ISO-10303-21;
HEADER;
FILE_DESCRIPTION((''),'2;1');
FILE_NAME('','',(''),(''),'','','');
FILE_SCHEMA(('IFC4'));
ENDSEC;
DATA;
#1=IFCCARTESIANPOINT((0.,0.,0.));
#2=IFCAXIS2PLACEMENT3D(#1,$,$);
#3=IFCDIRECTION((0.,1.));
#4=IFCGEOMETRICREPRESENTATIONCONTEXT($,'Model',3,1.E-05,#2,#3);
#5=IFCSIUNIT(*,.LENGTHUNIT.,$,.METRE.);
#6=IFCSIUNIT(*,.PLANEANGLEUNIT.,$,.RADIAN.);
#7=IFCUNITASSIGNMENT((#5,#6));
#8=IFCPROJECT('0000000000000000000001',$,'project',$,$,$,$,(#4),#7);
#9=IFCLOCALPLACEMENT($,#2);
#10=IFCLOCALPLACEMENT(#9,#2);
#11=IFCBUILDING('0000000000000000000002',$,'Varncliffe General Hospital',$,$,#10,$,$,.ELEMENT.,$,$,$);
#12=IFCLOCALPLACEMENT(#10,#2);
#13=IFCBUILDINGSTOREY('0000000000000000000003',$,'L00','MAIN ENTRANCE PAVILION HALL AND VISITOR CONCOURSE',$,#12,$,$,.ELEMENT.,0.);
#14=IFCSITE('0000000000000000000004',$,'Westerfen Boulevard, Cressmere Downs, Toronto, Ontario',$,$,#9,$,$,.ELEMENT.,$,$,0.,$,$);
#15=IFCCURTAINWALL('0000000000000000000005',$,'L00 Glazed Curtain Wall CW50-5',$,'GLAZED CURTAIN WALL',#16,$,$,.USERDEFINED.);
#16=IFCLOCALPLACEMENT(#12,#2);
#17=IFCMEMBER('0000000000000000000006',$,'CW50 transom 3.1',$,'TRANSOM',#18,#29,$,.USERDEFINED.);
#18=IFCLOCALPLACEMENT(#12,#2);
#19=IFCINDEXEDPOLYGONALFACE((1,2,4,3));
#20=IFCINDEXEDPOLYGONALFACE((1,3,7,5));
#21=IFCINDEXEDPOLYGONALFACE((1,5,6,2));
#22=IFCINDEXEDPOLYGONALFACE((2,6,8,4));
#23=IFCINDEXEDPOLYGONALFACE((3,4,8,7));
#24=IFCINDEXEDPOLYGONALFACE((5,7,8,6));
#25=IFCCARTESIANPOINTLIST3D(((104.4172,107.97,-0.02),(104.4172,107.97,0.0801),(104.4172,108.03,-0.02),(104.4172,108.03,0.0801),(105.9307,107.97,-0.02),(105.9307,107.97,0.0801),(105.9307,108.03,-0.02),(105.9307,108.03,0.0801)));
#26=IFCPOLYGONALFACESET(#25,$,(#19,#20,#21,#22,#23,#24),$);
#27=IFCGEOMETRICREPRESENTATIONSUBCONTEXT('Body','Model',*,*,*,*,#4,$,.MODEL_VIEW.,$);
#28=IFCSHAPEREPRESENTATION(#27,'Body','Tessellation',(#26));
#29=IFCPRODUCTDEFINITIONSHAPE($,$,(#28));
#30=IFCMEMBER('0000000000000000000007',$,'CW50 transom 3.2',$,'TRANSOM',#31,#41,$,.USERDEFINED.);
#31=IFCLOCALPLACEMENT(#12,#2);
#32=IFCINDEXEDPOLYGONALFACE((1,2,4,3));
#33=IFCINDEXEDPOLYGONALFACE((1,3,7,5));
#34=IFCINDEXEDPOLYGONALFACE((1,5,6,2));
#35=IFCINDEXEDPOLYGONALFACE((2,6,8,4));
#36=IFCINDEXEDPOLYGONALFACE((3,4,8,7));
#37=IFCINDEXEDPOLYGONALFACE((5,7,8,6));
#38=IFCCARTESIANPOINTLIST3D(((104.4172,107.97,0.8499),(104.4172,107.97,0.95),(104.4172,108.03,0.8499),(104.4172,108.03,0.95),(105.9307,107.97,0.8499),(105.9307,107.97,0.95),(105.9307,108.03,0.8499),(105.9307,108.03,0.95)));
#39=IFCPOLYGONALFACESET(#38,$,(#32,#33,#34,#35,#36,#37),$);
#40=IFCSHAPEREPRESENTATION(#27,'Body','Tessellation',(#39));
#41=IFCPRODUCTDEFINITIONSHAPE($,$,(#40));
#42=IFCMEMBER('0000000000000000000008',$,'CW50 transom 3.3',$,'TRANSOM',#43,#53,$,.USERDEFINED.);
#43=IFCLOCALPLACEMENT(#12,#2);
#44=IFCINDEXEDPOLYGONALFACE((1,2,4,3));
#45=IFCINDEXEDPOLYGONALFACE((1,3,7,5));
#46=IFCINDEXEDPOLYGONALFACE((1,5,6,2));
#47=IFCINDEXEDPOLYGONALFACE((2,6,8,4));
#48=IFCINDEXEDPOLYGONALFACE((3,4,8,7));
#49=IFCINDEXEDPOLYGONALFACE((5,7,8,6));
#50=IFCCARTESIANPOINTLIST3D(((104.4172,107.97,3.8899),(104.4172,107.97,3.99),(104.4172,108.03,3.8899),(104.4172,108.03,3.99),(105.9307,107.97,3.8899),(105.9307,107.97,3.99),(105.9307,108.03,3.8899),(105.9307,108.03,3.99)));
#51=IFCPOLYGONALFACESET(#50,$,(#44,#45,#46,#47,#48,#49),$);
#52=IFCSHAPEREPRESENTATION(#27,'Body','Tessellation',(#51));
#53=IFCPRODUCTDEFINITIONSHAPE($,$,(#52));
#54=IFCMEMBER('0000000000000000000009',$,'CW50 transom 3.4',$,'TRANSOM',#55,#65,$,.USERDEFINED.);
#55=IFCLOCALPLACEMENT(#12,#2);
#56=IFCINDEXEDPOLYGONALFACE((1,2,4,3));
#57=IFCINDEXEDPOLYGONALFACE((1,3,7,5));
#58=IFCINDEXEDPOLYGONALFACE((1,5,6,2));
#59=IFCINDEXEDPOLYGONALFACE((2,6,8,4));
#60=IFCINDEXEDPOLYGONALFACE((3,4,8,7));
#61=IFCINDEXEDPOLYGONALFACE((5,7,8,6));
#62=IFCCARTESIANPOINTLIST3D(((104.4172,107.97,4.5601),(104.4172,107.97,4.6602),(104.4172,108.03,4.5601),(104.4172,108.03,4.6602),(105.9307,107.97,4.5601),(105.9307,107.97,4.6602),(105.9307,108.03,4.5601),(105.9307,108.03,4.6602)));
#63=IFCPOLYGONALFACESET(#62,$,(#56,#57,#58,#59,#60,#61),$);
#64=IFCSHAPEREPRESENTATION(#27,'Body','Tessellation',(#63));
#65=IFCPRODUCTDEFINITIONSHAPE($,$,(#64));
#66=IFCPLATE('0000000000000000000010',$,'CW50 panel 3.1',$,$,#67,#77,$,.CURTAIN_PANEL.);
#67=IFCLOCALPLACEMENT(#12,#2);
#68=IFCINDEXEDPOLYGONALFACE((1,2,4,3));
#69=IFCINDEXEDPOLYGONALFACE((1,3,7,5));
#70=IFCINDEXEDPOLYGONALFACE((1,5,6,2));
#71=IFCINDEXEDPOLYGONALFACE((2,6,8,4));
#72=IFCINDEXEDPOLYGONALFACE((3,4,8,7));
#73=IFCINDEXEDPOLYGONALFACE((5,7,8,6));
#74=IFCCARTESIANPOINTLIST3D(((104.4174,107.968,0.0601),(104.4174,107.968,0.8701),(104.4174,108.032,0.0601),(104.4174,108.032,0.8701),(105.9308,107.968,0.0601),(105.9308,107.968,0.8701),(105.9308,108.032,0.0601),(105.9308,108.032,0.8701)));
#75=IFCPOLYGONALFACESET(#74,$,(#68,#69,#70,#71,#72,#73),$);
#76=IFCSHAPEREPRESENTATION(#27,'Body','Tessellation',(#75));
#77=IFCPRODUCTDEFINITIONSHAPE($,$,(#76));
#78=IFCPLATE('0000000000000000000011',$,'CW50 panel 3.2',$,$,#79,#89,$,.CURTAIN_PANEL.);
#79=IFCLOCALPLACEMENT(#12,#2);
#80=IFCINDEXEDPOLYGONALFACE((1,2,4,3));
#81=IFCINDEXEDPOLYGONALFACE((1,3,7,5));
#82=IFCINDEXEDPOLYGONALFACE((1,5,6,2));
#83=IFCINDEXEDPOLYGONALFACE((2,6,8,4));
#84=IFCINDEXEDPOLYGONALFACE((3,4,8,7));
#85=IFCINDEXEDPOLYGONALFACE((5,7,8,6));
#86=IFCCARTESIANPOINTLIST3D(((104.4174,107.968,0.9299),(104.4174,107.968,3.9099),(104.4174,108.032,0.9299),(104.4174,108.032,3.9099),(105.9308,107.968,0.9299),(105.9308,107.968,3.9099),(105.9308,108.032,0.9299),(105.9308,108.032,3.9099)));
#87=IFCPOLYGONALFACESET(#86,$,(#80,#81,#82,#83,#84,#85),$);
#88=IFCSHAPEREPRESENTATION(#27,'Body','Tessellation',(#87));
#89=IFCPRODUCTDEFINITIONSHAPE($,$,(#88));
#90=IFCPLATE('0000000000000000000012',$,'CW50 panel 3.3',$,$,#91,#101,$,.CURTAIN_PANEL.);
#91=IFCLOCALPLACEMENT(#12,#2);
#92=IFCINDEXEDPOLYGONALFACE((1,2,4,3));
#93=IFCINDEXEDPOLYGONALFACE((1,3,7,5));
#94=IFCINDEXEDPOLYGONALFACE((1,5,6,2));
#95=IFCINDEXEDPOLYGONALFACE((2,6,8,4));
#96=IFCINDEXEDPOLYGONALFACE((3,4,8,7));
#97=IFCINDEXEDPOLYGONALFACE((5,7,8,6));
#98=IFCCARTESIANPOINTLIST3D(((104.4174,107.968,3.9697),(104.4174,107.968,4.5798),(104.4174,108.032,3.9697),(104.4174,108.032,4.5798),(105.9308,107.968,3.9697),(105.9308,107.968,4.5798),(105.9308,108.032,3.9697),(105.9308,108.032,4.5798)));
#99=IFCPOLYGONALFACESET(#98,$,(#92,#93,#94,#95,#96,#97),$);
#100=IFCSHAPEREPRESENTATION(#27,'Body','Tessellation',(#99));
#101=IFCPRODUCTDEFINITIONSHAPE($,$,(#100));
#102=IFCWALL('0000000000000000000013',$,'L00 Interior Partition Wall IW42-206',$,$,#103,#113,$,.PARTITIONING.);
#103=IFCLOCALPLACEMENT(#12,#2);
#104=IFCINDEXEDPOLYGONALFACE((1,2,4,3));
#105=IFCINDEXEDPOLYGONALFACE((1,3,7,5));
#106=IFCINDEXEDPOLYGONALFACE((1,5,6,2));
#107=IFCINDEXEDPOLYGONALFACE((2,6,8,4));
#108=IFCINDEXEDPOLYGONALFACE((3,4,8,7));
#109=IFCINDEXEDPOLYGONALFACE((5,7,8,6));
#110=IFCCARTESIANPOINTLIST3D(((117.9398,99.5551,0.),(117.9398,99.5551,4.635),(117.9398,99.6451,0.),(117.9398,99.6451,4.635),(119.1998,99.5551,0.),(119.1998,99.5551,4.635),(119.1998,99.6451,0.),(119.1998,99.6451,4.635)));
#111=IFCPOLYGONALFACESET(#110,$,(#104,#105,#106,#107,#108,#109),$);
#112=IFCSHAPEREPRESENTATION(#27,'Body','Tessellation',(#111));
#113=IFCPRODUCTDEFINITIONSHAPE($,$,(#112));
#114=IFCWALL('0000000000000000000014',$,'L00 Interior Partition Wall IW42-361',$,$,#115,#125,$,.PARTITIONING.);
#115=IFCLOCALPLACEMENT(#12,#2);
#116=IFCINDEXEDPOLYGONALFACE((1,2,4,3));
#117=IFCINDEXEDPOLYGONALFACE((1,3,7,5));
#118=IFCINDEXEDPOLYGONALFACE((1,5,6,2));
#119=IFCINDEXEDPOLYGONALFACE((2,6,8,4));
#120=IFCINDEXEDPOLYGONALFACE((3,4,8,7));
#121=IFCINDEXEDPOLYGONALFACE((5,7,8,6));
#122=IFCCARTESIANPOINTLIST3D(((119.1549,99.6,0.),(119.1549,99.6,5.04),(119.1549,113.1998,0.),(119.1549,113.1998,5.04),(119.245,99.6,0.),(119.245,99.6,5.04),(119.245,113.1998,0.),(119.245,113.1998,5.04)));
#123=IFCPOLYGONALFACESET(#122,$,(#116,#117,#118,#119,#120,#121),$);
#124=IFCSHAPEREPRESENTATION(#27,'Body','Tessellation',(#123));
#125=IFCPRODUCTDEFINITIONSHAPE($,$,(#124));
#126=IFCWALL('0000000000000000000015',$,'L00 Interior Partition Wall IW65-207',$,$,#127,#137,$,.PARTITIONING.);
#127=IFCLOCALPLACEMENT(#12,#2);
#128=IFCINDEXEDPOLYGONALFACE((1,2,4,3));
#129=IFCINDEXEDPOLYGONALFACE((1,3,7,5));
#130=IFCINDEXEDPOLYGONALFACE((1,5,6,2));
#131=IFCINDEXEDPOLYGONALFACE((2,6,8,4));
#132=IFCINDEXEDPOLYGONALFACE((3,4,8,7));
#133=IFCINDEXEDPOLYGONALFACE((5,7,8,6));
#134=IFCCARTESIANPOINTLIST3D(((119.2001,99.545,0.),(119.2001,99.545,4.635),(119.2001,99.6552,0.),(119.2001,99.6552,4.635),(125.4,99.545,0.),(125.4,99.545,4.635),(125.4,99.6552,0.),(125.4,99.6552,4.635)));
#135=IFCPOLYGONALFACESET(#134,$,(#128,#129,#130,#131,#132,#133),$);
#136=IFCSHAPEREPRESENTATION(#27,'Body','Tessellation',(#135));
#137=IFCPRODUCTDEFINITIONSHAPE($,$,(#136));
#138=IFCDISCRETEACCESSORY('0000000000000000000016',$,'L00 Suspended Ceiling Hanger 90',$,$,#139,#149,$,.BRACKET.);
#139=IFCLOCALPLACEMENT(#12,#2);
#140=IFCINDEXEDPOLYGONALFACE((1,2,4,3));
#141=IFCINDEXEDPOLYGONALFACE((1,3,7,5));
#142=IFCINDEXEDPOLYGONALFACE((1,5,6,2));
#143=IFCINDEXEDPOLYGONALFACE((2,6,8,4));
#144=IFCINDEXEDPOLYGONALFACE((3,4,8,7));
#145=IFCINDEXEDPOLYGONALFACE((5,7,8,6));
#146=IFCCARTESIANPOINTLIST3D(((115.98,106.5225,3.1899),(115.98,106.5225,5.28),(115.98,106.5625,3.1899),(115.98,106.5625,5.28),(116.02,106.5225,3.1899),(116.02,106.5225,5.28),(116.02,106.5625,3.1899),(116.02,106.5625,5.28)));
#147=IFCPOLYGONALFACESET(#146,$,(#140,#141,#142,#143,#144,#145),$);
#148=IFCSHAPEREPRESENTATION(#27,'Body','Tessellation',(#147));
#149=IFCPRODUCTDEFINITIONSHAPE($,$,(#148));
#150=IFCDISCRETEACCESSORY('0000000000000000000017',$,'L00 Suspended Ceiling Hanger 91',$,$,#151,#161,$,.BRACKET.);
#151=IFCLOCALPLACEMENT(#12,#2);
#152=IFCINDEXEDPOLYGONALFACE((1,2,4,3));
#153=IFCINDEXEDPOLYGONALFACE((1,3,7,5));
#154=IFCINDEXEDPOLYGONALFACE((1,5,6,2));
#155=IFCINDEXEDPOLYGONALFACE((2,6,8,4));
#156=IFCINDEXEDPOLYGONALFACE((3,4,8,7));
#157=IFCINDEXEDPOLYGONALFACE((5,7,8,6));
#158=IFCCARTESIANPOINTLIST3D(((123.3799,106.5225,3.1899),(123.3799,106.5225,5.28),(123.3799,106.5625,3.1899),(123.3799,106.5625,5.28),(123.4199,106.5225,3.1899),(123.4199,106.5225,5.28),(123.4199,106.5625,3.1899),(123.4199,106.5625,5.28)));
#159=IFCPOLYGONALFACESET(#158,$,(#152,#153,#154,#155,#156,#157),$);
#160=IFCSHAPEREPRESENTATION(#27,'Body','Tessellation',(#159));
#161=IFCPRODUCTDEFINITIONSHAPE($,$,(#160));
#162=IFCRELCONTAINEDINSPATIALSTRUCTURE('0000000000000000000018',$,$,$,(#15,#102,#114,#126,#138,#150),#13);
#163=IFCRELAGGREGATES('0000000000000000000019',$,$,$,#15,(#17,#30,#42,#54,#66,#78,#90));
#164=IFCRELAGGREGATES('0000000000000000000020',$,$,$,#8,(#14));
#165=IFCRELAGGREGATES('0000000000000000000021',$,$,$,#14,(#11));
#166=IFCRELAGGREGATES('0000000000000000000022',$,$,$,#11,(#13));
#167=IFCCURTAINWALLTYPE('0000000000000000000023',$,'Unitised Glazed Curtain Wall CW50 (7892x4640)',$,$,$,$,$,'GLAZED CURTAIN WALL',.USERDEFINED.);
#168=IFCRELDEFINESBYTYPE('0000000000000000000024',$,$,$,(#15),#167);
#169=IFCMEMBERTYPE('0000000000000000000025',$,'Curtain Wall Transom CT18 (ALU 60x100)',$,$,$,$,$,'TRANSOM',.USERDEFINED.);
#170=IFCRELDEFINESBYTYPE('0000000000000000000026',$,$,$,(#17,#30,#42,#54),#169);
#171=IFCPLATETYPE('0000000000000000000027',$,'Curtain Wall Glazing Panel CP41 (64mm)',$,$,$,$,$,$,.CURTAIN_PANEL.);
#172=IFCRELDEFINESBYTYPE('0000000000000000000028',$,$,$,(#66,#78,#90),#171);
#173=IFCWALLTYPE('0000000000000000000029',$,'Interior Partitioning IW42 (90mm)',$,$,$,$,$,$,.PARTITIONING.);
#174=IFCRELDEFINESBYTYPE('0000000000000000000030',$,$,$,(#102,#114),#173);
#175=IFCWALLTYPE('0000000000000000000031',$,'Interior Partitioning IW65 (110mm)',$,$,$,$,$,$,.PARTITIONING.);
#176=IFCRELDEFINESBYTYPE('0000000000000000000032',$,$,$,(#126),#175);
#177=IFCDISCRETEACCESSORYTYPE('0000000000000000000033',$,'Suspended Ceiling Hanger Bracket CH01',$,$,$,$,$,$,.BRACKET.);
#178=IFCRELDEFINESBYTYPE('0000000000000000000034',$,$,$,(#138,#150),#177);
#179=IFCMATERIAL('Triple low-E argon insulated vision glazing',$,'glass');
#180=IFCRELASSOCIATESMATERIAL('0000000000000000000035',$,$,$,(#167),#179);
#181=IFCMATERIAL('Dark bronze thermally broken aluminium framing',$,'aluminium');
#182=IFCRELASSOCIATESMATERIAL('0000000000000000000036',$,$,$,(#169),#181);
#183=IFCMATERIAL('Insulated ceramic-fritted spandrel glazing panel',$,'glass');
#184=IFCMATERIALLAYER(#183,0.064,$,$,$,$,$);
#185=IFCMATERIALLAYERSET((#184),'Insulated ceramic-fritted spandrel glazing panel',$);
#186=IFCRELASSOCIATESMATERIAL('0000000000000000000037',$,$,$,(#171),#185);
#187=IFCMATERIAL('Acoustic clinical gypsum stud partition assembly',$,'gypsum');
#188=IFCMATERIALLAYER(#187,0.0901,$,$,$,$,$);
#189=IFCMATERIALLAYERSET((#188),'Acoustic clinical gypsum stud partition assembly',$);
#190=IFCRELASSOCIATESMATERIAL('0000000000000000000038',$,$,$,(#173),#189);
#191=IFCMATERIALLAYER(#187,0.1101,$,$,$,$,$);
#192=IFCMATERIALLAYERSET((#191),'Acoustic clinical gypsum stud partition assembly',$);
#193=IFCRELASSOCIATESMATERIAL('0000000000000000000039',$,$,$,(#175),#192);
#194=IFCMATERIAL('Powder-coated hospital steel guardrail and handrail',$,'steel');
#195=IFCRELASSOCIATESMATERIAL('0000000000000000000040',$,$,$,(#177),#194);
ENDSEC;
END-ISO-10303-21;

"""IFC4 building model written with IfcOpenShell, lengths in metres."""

from ifc_helpers import new_model, si_unit, direction, frame, frame_2d, origin, origin_2d, place, context, subcontext, project, spatial, rectangle, extrude, material, layer, layer_set, material_profile, profile_set, type_object, element, aggregate, save


model = new_model("IFC4")

# Units and contexts
model_context = context("Model", 3, precision=1e-05, world=origin(), true_north=direction((0.0, 1.0)))
body_context = subcontext(model_context, "Body", "Model", "MODEL_VIEW")
ifc_project = project(units=[si_unit("LENGTHUNIT", "METRE"), si_unit("PLANEANGLEUNIT", "RADIAN")], contexts=[model_context])

# Site, building, storey
site_placement = place(None, origin())
site = spatial("IfcSite", under=ifc_project, at=site_placement, Name="Westerfen Boulevard, Cressmere Downs, Toronto, Ontario", CompositionType="ELEMENT", RefElevation=0.0)
building_placement = place(site_placement, origin())
building = spatial("IfcBuilding", under=site, at=building_placement, Name="Varncliffe General Hospital", CompositionType="ELEMENT")
storey_placement = place(building_placement, origin())
storey = spatial("IfcBuildingStorey", under=building, at=storey_placement, Name="L00", Description="MAIN ENTRANCE PAVILION HALL AND VISITOR CONCOURSE", CompositionType="ELEMENT", Elevation=0.0)

# Curtain wall, members, plates
ifc_material_1 = material(Name="Triple low-E argon insulated vision glazing", Category="glass")
curtain_wall_type = type_object("IfcCurtainWallType", Name="Unitised Glazed Curtain Wall CW50 (7892x4640)", ElementType="GLAZED CURTAIN WALL", PredefinedType="USERDEFINED", material=ifc_material_1)
curtain_wall_placement = place(storey_placement, origin())
curtain_wall = element("IfcCurtainWall", 1, at=curtain_wall_placement, inside=storey, type_object=curtain_wall_type, Name="L00 Glazed Curtain Wall CW50-5", ObjectType="GLAZED CURTAIN WALL", PredefinedType="USERDEFINED")
ifc_material_2 = material(Name="Dark bronze thermally broken aluminium framing", Category="aluminium")
ifc_material_profile_1 = material_profile(ifc_material_2, rectangle(XDim=0.0601, YDim=0.1001, at=origin_2d()), Name="ALU 60x100")
ifc_profile_set_1 = profile_set([ifc_material_profile_1], Name="Dark bronze thermally broken aluminium framing")
member_type_1 = type_object("IfcMemberType", Name="Curtain Wall Transom CT18 (ALU 60x100)", ElementType="TRANSOM", PredefinedType="USERDEFINED", material=ifc_profile_set_1)
member_1_placement = place(storey_placement, frame((104.4172, 108.0, 0.03), z_axis=(1.0, 0.0, 0.0), x_axis=(0.0, 1.0, 0.0)))
member_1 = element("IfcMember", 2, at=member_1_placement, type_object=member_type_1, Name="CW50 transom 3.1", ObjectType="TRANSOM", PredefinedType="USERDEFINED", context=body_context, shape_type="SweptSolid", body=[
    extrude(rectangle(XDim=0.0601, YDim=0.1001, at=origin_2d()), origin(), (0.0, 0.0, 1.0), 1.5134),
])
member_2_placement = place(storey_placement, frame((104.4172, 108.0, 0.8999), z_axis=(1.0, 0.0, 0.0), x_axis=(0.0, 1.0, 0.0)))
member_2 = element("IfcMember", 3, at=member_2_placement, type_object=member_type_1, Name="CW50 transom 3.2", ObjectType="TRANSOM", PredefinedType="USERDEFINED", context=body_context, shape_type="SweptSolid", body=[
    extrude(rectangle(XDim=0.0601, YDim=0.1001, at=origin_2d()), origin(), (0.0, 0.0, 1.0), 1.5134),
])
member_3_placement = place(storey_placement, frame((104.4172, 108.0, 3.9399), z_axis=(1.0, 0.0, 0.0), x_axis=(0.0, 1.0, 0.0)))
member_3 = element("IfcMember", 4, at=member_3_placement, type_object=member_type_1, Name="CW50 transom 3.3", ObjectType="TRANSOM", PredefinedType="USERDEFINED", context=body_context, shape_type="SweptSolid", body=[
    extrude(rectangle(XDim=0.0601, YDim=0.1001, at=origin_2d()), origin(), (0.0, 0.0, 1.0), 1.5134),
])
member_4_placement = place(storey_placement, frame((104.4172, 108.0, 4.6101), z_axis=(1.0, 0.0, 0.0), x_axis=(0.0, 1.0, 0.0)))
member_4 = element("IfcMember", 5, at=member_4_placement, type_object=member_type_1, Name="CW50 transom 3.4", ObjectType="TRANSOM", PredefinedType="USERDEFINED", context=body_context, shape_type="SweptSolid", body=[
    extrude(rectangle(XDim=0.0601, YDim=0.1001, at=origin_2d()), origin(), (0.0, 0.0, 1.0), 1.5134),
])
ifc_material_3 = material(Name="Insulated ceramic-fritted spandrel glazing panel", Category="glass")
ifc_layer_1 = layer(ifc_material_3, 0.064)
ifc_layer_set_1 = layer_set([ifc_layer_1], Name="Insulated ceramic-fritted spandrel glazing panel")
plate_type = type_object("IfcPlateType", Name="Curtain Wall Glazing Panel CP41 (64mm)", PredefinedType="CURTAIN_PANEL", material=ifc_layer_set_1)
plate_1_placement = place(storey_placement, frame((105.1741, 108.0, 0.0601), z_axis=(0.0, 0.0, 1.0), x_axis=(1.0, 0.0, 0.0)))
plate_1 = element("IfcPlate", 6, at=plate_1_placement, type_object=plate_type, Name="CW50 panel 3.1", PredefinedType="CURTAIN_PANEL", context=body_context, shape_type="SweptSolid", body=[
    extrude(rectangle(XDim=1.5134, YDim=0.064, at=origin_2d()), origin(), (0.0, 0.0, 1.0), 0.8101),
])
plate_2_placement = place(storey_placement, frame((105.1741, 108.0, 0.9299), z_axis=(0.0, 0.0, 1.0), x_axis=(1.0, 0.0, 0.0)))
plate_2 = element("IfcPlate", 7, at=plate_2_placement, type_object=plate_type, Name="CW50 panel 3.2", PredefinedType="CURTAIN_PANEL", context=body_context, shape_type="SweptSolid", body=[
    extrude(rectangle(XDim=1.5134, YDim=0.064, at=origin_2d()), origin(), (0.0, 0.0, 1.0), 2.98),
])
plate_3_placement = place(storey_placement, frame((105.1741, 108.0, 3.9697), z_axis=(0.0, 0.0, 1.0), x_axis=(1.0, 0.0, 0.0)))
plate_3 = element("IfcPlate", 8, at=plate_3_placement, type_object=plate_type, Name="CW50 panel 3.3", PredefinedType="CURTAIN_PANEL", context=body_context, shape_type="SweptSolid", body=[
    extrude(rectangle(XDim=1.5134, YDim=0.064, at=origin_2d()), origin(), (0.0, 0.0, 1.0), 0.6101),
])
aggregate(curtain_wall, [member_1, member_2, member_3, member_4, plate_1, plate_2, plate_3])

# Walls
ifc_material_4 = material(Name="Acoustic clinical gypsum stud partition assembly", Category="gypsum")
ifc_layer_2 = layer(ifc_material_4, 0.0901)
ifc_layer_set_2 = layer_set([ifc_layer_2], Name="Acoustic clinical gypsum stud partition assembly")
wall_type_1 = type_object("IfcWallType", Name="Interior Partitioning IW42 (90mm)", PredefinedType="PARTITIONING", material=ifc_layer_set_2)
wall_1_placement = place(storey_placement, frame((117.9399, 99.6001, 0.0), z_axis=(0.0, 0.0, 1.0), x_axis=(1.0, 0.0, 0.0)))
element("IfcWall", 9, at=wall_1_placement, inside=storey, type_object=wall_type_1, Name="L00 Interior Partition Wall IW42-206", PredefinedType="PARTITIONING", context=body_context, shape_type="SweptSolid", body=[
    extrude(rectangle(XDim=1.26, YDim=0.0901, at=frame_2d((0.6299, 0.0))), origin(), (0.0, 0.0, 1.0), 4.635),
])
wall_2_placement = place(storey_placement, frame((119.2, 99.6001, 0.0), z_axis=(0.0, 0.0, 1.0), x_axis=(0.0, 1.0, 0.0)))
element("IfcWall", 10, at=wall_2_placement, inside=storey, type_object=wall_type_1, Name="L00 Interior Partition Wall IW42-361", PredefinedType="PARTITIONING", context=body_context, shape_type="SweptSolid", body=[
    extrude(rectangle(XDim=13.5999, YDim=0.0901, at=frame_2d((6.7998, 0.0))), origin(), (0.0, 0.0, 1.0), 5.04),
])
ifc_layer_3 = layer(ifc_material_4, 0.1101)
ifc_layer_set_3 = layer_set([ifc_layer_3], Name="Acoustic clinical gypsum stud partition assembly")
wall_type_2 = type_object("IfcWallType", Name="Interior Partitioning IW65 (110mm)", PredefinedType="PARTITIONING", material=ifc_layer_set_3)
wall_3_placement = place(storey_placement, frame((119.2, 99.6001, 0.0), z_axis=(0.0, 0.0, 1.0), x_axis=(1.0, 0.0, 0.0)))
element("IfcWall", 11, at=wall_3_placement, inside=storey, type_object=wall_type_2, Name="L00 Interior Partition Wall IW65-207", PredefinedType="PARTITIONING", context=body_context, shape_type="SweptSolid", body=[
    extrude(rectangle(XDim=6.2, YDim=0.1101, at=frame_2d((3.1001, 0.0))), origin(), (0.0, 0.0, 1.0), 4.635),
])

# Discrete accessories
ifc_material_5 = material(Name="Powder-coated hospital steel guardrail and handrail", Category="steel")
discrete_accessory_type = type_object("IfcDiscreteAccessoryType", Name="Suspended Ceiling Hanger Bracket CH01", PredefinedType="BRACKET", material=ifc_material_5)
for number, where, z_axis, x_axis, name in (
    (12, (116.0, 106.5425, 3.1899), (0.0, 0.0, 1.0), (1.0, 0.0, 0.0), "L00 Suspended Ceiling Hanger 90"),
    (13, (123.3999, 106.5425, 3.1899), (0.0, 0.0, 1.0), (1.0, 0.0, 0.0), "L00 Suspended Ceiling Hanger 91"),
):
    element("IfcDiscreteAccessory", number, at=place(storey_placement, frame(where, z_axis=z_axis, x_axis=x_axis)), inside=storey, type_object=discrete_accessory_type, Name=name, PredefinedType="BRACKET", context=body_context, shape_type="SweptSolid", body=[
        extrude(rectangle(XDim=0.04, YDim=0.04, at=origin_2d()), origin(), (0.0, 0.0, 1.0), 2.0901),
    ])

save(model, "model.ifc")
